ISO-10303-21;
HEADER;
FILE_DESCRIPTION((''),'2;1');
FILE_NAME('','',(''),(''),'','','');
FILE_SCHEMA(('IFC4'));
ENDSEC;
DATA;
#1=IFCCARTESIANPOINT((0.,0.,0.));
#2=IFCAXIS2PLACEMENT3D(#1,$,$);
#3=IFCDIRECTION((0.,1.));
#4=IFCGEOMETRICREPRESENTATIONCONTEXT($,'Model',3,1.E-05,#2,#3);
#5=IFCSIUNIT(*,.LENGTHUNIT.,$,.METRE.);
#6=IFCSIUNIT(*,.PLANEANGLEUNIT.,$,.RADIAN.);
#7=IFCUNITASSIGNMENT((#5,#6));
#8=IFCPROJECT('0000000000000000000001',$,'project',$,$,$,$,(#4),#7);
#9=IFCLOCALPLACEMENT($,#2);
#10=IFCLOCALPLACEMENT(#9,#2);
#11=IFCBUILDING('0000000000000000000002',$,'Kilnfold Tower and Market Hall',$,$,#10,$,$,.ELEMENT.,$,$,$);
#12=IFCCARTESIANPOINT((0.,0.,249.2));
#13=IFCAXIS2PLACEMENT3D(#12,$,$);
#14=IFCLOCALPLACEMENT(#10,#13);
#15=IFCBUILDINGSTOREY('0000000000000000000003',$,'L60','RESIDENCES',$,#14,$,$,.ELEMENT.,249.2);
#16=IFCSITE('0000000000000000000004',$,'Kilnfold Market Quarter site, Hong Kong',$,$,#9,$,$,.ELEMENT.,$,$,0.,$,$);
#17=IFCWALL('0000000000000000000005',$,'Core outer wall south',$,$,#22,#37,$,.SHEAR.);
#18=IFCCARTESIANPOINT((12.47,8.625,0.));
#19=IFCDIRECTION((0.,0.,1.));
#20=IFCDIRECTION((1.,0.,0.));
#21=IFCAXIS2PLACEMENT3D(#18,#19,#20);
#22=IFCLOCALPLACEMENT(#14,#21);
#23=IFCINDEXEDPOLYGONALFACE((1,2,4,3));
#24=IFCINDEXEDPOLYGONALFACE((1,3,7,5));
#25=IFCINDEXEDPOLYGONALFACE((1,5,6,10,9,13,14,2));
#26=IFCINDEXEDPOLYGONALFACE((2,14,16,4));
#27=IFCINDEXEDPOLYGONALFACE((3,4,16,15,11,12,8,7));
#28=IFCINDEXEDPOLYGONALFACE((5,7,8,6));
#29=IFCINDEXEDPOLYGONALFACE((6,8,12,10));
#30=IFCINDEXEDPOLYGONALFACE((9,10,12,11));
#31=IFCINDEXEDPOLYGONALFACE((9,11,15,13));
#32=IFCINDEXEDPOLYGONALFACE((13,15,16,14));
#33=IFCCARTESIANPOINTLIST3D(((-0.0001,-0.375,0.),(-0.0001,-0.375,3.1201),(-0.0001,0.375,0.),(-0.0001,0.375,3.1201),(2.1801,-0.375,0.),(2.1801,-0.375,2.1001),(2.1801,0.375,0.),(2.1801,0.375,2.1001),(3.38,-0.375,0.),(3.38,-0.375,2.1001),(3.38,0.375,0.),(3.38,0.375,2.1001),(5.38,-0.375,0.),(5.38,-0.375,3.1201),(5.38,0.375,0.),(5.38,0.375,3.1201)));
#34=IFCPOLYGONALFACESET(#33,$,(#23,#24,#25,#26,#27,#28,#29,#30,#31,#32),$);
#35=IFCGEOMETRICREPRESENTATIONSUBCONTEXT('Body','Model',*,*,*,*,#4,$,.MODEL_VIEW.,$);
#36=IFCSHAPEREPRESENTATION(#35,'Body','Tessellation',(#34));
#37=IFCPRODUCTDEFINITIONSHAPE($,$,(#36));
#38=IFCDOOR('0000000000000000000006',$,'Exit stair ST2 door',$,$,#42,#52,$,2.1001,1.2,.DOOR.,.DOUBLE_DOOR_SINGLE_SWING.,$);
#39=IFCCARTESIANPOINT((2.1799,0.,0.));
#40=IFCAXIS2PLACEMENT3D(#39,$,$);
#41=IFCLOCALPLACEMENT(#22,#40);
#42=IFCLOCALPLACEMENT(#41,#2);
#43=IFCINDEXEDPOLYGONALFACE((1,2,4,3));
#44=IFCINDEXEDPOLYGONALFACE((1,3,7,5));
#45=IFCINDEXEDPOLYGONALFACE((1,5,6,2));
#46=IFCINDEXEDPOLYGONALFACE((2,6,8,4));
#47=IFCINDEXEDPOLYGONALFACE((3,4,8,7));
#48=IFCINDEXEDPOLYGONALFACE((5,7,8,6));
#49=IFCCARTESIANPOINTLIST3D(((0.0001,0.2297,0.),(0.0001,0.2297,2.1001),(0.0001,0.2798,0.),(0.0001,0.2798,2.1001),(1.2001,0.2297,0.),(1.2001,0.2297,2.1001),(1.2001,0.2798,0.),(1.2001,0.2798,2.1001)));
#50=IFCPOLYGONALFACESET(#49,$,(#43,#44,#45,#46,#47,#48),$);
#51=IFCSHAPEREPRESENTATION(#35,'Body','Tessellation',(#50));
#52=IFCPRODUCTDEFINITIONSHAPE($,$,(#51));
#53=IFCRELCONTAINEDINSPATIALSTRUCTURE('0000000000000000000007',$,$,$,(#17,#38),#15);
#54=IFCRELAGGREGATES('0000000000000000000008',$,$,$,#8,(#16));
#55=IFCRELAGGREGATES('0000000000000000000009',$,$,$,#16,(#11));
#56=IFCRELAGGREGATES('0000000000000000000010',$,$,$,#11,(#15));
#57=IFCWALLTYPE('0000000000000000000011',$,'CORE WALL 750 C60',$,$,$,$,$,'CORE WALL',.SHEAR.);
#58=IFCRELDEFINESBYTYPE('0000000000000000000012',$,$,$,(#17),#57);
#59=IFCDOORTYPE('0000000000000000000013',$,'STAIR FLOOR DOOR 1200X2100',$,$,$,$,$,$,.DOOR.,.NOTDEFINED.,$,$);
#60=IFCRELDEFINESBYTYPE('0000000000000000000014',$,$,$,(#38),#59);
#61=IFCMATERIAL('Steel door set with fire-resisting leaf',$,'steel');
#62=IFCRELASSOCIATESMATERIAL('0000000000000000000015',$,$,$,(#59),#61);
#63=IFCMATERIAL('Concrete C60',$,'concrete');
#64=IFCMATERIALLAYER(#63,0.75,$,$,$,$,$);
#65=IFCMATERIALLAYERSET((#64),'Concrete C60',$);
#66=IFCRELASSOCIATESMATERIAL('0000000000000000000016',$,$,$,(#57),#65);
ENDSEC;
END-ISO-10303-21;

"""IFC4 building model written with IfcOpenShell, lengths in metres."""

from ifc_helpers import new_model, si_unit, direction, frame, frame_2d, origin, place, context, subcontext, project, spatial, rectangle, extrude, source, transform, mapped, material, layer, layer_set, type_object, element, fill, save


model = new_model("IFC4")

# Units and contexts
model_context = context("Model", 3, precision=1e-05, world=origin(), true_north=direction((0.0, 1.0)))
body_context = subcontext(model_context, "Body", "Model", "MODEL_VIEW")
ifc_project = project(units=[si_unit("LENGTHUNIT", "METRE"), si_unit("PLANEANGLEUNIT", "RADIAN")], contexts=[model_context])

# Site, building, storey
site_placement = place(None, origin())
site = spatial("IfcSite", under=ifc_project, at=site_placement, Name="Kilnfold Market Quarter site, Hong Kong", CompositionType="ELEMENT", RefElevation=0.0)
building_placement = place(site_placement, origin())
building = spatial("IfcBuilding", under=site, at=building_placement, Name="Kilnfold Tower and Market Hall", CompositionType="ELEMENT")
storey_placement = place(building_placement, frame((0.0, 0.0, 249.2)))
storey = spatial("IfcBuildingStorey", under=building, at=storey_placement, Name="L60", Description="RESIDENCES", CompositionType="ELEMENT", Elevation=249.2)

# Shared definitions
ifc_material_1 = material(Name="Steel door set with fire-resisting leaf", Category="steel")
door_type_1 = type_object("IfcDoorType", Name="STAIR FLOOR DOOR 1200X2100", OperationType="NOTDEFINED", PredefinedType="DOOR", material=ifc_material_1)

# Shared definitions
ifc_material_2 = material(Name="Concrete C60", Category="concrete")
ifc_layer_1 = layer(ifc_material_2, 0.75)
ifc_layer_set_1 = layer_set([ifc_layer_1], Name="Concrete C60")
wall_type_1 = type_object("IfcWallType", Name="CORE WALL 750 C60", ElementType="CORE WALL", PredefinedType="SHEAR", material=ifc_layer_set_1)

# Wall, opening, door
shared_shape_1 = source(origin(), body_context, "Body", "SweptSolid", [
    extrude(rectangle(XDim=5.3801, YDim=0.75, at=frame_2d((2.6899, 0.0))), origin(), (0.0, 0.0, 1.0), 3.1201),
])
wall_1_placement = place(storey_placement, frame((12.47, 8.625, 0.0), z_axis=(0.0, 0.0, 1.0), x_axis=(1.0, 0.0, 0.0)))
wall_1 = element("IfcWall", 1, at=wall_1_placement, inside=storey, type_object=wall_type_1, Name="Core outer wall south", PredefinedType="SHEAR", context=body_context, shape_type="MappedRepresentation", body=[
    mapped(shared_shape_1, transform((0.0, 0.0, 0.0))),
])
opening_1_placement = place(wall_1_placement, frame((2.1799, 0.0, 0.0)))
opening_1 = element("IfcOpeningElement", 2, at=opening_1_placement, cuts=wall_1, PredefinedType="OPENING", context=body_context, shape_type="SweptSolid", body=[
    extrude(rectangle(XDim=1.2, YDim=2.1001, at=frame_2d((0.6001, 1.05))), frame((0.0, 0.385, 0.0), z_axis=(0.0, -1.0, 0.0), x_axis=(1.0, 0.0, 0.0)), (0.0, 0.0, 1.0), 0.77),
])
door_1_placement = place(opening_1_placement, origin())
door_1 = element("IfcDoor", 3, at=door_1_placement, inside=storey, type_object=door_type_1, Name="Exit stair ST2 door", OperationType="DOUBLE_DOOR_SINGLE_SWING", OverallHeight=2.1001, OverallWidth=1.2, PredefinedType="DOOR", context=body_context, shape_type="SweptSolid", body=[
    extrude(rectangle(XDim=1.2, YDim=2.1001, at=frame_2d((0.6001, 1.05))), frame((0.0, 0.2798, 0.0), z_axis=(0.0, -1.0, 0.0), x_axis=(1.0, 0.0, 0.0)), (0.0, 0.0, 1.0), 0.05),
])
fill(opening_1, door_1)

save(model, "model.ifc")
